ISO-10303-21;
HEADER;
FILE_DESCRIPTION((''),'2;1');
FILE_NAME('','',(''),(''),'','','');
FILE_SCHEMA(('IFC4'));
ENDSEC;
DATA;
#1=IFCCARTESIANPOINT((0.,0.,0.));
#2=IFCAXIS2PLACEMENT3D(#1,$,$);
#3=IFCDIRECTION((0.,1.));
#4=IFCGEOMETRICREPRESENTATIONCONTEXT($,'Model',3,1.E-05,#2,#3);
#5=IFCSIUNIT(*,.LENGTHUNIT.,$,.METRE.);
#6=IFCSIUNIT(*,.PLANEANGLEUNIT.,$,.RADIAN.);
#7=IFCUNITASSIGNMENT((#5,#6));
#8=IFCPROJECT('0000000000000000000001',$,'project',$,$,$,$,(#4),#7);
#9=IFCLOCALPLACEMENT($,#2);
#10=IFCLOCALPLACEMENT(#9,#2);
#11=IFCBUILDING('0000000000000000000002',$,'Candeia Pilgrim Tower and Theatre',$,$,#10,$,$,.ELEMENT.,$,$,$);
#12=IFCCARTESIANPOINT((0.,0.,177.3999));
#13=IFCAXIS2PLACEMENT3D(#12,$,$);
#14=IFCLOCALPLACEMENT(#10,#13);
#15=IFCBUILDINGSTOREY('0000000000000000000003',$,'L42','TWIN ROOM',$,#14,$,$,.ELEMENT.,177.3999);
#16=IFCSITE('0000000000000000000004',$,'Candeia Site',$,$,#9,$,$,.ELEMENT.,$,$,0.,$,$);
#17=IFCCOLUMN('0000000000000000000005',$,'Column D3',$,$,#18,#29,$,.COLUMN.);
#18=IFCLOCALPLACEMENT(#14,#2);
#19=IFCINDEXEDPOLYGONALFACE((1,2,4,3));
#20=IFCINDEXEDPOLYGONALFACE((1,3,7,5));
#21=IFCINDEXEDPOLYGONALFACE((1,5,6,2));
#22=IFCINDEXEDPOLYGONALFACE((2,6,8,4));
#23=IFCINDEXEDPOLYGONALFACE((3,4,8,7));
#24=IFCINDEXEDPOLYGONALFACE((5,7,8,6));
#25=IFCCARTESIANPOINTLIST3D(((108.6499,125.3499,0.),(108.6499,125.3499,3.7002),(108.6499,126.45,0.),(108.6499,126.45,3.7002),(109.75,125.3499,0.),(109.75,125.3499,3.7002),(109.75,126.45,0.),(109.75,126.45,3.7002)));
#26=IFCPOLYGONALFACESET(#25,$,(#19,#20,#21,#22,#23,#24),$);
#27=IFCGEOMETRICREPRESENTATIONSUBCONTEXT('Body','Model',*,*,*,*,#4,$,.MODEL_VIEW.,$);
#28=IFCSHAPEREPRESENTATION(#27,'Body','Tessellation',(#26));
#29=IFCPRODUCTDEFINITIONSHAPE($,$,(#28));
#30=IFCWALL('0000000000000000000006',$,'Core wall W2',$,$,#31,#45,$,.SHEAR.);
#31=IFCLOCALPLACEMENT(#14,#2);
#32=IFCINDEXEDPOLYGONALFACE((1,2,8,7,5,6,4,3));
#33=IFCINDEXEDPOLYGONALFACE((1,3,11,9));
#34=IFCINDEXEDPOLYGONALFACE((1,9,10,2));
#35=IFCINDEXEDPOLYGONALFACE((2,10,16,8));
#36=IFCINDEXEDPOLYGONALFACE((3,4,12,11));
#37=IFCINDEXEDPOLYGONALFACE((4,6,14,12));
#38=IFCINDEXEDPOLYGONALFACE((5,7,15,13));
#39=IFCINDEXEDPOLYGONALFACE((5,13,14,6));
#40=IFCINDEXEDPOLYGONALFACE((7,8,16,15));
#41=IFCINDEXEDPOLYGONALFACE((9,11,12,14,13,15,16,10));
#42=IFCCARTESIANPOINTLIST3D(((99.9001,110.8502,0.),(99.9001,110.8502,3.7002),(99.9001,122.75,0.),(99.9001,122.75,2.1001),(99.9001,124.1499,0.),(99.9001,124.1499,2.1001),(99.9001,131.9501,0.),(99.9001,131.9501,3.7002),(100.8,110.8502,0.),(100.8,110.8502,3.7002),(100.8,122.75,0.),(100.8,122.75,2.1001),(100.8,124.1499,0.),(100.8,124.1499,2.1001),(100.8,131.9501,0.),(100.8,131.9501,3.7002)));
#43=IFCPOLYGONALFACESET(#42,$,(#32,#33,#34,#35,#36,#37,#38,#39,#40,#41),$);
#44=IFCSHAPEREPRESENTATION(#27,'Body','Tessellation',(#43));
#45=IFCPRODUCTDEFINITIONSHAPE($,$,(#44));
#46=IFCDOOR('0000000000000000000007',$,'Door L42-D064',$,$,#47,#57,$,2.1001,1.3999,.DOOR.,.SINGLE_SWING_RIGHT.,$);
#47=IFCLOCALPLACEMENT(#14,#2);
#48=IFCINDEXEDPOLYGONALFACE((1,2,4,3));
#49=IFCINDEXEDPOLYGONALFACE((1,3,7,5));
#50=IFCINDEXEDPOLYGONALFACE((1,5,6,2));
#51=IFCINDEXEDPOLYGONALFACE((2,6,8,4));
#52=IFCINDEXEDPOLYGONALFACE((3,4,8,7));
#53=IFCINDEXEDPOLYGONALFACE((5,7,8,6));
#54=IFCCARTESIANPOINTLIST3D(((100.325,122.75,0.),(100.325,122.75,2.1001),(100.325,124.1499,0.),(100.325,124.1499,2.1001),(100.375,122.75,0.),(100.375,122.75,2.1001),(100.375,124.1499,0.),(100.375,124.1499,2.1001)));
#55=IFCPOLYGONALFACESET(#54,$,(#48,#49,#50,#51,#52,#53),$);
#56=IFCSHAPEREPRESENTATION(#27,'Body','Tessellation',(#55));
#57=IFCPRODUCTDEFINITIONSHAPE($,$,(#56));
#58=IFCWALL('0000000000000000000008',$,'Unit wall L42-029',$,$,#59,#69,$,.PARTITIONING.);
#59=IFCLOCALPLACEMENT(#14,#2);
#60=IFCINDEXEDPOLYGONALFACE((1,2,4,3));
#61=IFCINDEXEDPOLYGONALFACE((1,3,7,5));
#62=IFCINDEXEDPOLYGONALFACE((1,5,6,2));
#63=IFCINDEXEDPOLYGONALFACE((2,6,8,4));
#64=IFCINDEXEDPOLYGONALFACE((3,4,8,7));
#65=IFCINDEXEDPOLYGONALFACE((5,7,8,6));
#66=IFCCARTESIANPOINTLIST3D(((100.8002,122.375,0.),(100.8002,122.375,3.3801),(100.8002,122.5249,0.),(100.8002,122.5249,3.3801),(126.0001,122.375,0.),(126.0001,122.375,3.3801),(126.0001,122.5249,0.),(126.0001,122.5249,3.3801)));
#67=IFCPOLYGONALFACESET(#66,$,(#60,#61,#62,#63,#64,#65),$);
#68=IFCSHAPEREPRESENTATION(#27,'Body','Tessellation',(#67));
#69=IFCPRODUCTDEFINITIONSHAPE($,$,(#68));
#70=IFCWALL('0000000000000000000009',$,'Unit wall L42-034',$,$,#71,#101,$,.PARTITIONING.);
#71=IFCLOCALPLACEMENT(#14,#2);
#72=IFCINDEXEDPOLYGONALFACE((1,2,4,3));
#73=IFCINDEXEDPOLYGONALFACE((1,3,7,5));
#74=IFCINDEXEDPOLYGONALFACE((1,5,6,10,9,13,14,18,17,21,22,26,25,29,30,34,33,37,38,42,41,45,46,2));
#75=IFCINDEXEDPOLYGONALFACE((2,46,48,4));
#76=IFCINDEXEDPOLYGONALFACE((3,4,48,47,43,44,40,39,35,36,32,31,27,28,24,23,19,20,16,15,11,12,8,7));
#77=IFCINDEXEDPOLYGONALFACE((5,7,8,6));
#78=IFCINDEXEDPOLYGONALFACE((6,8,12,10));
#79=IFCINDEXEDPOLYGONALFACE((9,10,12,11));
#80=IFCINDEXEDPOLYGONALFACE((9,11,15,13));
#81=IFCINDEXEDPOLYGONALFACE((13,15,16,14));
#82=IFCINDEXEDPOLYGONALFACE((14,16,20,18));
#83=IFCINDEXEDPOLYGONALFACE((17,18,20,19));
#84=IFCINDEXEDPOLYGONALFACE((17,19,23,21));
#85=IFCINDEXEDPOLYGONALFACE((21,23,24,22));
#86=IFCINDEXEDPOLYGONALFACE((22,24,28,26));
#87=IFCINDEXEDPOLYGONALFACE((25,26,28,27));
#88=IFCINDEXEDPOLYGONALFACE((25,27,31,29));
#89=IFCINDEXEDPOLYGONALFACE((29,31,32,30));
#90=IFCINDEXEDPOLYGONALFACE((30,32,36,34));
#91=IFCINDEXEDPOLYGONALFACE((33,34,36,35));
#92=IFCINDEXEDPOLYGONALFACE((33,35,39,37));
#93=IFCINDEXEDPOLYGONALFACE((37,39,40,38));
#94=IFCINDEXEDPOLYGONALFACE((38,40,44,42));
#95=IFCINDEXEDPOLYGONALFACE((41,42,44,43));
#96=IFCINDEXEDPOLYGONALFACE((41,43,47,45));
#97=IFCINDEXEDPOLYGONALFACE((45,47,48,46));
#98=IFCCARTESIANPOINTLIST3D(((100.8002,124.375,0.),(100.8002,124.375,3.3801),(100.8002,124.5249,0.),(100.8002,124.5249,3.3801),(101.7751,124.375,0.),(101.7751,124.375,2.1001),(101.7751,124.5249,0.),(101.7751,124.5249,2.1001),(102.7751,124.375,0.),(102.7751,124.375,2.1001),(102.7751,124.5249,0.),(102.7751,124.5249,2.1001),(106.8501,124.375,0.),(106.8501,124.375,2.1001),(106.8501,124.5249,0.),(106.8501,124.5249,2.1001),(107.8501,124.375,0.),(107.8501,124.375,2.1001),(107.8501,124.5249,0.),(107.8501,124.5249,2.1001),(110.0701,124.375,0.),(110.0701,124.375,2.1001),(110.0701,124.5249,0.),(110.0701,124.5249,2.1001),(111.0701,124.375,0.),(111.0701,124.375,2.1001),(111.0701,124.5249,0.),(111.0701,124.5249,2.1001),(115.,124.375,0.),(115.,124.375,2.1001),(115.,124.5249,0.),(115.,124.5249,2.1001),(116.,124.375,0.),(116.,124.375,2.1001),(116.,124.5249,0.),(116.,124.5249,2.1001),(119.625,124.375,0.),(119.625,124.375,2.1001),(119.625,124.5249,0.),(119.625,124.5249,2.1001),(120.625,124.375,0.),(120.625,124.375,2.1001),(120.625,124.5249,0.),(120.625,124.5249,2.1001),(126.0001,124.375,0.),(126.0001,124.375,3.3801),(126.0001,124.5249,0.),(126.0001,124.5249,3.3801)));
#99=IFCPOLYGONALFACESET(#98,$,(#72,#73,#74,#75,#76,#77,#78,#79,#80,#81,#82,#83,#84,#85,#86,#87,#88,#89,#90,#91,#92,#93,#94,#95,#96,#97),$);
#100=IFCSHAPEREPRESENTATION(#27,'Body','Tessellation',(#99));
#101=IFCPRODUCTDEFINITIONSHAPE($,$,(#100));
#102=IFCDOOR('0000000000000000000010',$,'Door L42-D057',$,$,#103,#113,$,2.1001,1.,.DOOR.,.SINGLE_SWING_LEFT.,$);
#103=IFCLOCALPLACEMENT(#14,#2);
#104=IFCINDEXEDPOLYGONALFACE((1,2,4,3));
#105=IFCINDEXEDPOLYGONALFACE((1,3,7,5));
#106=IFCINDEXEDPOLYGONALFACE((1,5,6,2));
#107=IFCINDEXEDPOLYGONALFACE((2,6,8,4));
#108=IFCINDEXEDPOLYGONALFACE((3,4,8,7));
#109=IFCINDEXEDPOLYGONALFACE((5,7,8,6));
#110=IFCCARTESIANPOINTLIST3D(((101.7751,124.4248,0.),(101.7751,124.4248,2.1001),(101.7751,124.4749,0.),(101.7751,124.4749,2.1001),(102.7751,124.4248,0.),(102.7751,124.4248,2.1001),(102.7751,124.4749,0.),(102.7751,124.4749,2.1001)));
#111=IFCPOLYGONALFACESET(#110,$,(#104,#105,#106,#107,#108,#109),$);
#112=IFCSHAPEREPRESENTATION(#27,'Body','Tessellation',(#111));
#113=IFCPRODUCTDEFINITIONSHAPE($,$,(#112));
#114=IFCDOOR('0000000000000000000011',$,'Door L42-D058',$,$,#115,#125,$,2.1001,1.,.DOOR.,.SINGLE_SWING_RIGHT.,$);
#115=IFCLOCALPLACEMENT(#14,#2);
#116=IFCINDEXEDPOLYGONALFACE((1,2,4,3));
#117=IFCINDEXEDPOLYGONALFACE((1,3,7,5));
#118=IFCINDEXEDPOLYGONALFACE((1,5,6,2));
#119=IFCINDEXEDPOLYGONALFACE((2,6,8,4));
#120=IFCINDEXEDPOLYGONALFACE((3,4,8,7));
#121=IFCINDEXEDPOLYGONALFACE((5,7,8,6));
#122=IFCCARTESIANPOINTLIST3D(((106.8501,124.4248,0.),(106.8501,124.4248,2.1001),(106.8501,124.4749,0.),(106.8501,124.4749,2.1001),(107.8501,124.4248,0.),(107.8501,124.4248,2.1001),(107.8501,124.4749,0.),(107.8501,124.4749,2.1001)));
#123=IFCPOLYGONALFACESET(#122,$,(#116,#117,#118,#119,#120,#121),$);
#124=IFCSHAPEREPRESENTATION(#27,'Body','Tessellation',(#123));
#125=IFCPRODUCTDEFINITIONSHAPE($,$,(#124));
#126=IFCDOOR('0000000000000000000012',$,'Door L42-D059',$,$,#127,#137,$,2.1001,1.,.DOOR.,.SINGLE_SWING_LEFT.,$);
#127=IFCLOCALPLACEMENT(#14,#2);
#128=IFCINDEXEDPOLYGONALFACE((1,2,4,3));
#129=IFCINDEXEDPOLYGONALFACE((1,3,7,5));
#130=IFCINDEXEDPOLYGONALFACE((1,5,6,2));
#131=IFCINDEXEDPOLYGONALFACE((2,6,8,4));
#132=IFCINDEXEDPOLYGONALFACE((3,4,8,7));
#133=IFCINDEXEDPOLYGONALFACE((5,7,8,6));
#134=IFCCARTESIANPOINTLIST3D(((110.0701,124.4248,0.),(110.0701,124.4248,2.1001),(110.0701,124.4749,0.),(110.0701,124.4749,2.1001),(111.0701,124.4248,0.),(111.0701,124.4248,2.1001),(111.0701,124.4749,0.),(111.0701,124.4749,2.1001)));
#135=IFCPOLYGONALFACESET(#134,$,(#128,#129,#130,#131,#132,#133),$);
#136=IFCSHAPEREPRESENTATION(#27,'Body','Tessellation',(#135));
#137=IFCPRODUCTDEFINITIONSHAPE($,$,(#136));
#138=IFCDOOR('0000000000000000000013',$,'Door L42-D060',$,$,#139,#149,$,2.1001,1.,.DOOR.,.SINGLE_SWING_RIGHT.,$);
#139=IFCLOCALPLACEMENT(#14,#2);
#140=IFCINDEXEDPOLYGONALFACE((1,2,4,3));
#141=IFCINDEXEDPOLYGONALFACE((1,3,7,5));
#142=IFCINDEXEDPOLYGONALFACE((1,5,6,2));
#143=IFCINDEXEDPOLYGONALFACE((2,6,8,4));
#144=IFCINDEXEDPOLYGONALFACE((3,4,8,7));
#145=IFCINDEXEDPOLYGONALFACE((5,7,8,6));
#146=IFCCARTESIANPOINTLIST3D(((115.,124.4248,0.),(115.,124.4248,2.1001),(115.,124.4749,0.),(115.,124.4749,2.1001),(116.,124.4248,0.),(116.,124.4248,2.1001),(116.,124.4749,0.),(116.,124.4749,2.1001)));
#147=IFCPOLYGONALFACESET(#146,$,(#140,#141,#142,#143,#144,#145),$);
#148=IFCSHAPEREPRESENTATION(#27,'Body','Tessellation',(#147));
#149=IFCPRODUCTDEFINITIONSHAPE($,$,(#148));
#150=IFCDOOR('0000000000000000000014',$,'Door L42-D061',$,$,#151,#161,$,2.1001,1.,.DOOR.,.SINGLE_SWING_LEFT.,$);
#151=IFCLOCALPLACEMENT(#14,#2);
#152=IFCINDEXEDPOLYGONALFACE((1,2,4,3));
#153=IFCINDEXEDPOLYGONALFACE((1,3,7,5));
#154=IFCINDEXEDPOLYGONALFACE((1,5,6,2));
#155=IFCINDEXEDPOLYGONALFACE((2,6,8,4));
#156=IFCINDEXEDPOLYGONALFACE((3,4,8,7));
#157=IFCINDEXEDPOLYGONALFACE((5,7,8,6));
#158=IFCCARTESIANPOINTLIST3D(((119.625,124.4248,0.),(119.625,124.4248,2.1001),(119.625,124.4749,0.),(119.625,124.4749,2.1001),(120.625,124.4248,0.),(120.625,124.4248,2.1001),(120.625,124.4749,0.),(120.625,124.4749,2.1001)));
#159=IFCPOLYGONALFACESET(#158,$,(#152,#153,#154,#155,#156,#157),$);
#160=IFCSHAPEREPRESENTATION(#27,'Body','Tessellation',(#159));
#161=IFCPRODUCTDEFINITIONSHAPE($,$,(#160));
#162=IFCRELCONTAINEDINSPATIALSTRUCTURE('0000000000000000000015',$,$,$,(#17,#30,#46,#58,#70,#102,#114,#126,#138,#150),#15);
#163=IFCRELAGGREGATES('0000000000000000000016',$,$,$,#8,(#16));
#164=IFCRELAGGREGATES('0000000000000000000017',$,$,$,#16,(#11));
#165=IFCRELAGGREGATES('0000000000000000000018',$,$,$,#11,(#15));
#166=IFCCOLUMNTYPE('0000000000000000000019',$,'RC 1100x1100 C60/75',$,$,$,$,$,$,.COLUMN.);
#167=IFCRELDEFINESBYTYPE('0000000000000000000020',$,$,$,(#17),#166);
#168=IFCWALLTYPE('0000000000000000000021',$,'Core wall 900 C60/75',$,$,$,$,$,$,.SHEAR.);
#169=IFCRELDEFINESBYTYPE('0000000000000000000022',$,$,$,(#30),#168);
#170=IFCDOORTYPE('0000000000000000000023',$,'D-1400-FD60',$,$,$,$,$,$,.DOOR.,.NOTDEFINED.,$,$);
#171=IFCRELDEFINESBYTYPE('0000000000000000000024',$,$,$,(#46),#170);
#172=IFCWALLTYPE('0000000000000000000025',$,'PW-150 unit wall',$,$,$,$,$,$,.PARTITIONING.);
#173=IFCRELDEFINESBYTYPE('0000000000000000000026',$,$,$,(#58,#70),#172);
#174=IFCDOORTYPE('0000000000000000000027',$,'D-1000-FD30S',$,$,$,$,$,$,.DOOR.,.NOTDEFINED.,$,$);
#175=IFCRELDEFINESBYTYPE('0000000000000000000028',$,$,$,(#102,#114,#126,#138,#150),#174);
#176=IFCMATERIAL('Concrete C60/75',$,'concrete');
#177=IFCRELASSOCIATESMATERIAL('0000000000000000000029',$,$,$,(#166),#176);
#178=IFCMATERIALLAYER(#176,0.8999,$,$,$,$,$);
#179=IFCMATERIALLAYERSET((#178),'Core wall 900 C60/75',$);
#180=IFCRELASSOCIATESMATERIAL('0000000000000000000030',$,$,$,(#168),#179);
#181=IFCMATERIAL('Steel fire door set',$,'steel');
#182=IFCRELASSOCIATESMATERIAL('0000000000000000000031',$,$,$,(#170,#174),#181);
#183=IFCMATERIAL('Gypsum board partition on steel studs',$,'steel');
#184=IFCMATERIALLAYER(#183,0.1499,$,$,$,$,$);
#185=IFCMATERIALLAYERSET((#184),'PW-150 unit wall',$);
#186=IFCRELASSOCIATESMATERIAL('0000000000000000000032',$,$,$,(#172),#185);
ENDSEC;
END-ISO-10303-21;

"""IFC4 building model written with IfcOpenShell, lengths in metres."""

from ifc_helpers import new_model, si_unit, direction, frame, frame_2d, origin, origin_2d, place, context, subcontext, project, spatial, rectangle, extrude, material, layer, layer_set, material_profile, profile_set, type_object, element, fill, save


model = new_model("IFC4")

# Units and contexts
model_context = context("Model", 3, precision=1e-05, world=origin(), true_north=direction((0.0, 1.0)))
body_context = subcontext(model_context, "Body", "Model", "MODEL_VIEW")
ifc_project = project(units=[si_unit("LENGTHUNIT", "METRE"), si_unit("PLANEANGLEUNIT", "RADIAN")], contexts=[model_context])

# Site, building, storey
site_placement = place(None, origin())
site = spatial("IfcSite", under=ifc_project, at=site_placement, Name="Candeia Site", CompositionType="ELEMENT", RefElevation=0.0)
building_placement = place(site_placement, origin())
building = spatial("IfcBuilding", under=site, at=building_placement, Name="Candeia Pilgrim Tower and Theatre", CompositionType="ELEMENT")
storey_placement = place(building_placement, frame((0.0, 0.0, 177.3999)))
storey = spatial("IfcBuildingStorey", under=building, at=storey_placement, Name="L42", Description="TWIN ROOM", CompositionType="ELEMENT", Elevation=177.3999)

# Column
ifc_material_1 = material(Name="Concrete C60/75", Category="concrete")
ifc_material_profile = material_profile(ifc_material_1, rectangle(XDim=1.1001, YDim=1.1001, at=origin_2d()))
ifc_profile_set = profile_set([ifc_material_profile], Name="Concrete C60/75")
column_type = type_object("IfcColumnType", Name="RC 1100x1100 C60/75", PredefinedType="COLUMN", material=ifc_profile_set)
column_placement = place(storey_placement, frame((109.2, 125.8999, 0.0), z_axis=(0.0, 0.0, 1.0), x_axis=(1.0, 0.0, 0.0)))
element("IfcColumn", 1, at=column_placement, inside=storey, type_object=column_type, Name="Column D3", PredefinedType="COLUMN", context=body_context, shape_type="SweptSolid", body=[
    extrude(rectangle(XDim=1.1001, YDim=1.1001, at=origin_2d()), origin(), (0.0, 0.0, 1.0), 3.7002),
])

# Wall, opening, door
ifc_layer_1 = layer(ifc_material_1, 0.8999)
ifc_layer_set_1 = layer_set([ifc_layer_1], Name="Core wall 900 C60/75")
wall_type_1 = type_object("IfcWallType", Name="Core wall 900 C60/75", PredefinedType="SHEAR", material=ifc_layer_set_1)
wall_1_placement = place(storey_placement, frame((100.3501, 131.95, 0.0), z_axis=(0.0, 0.0, 1.0), x_axis=(0.0, -1.0, 0.0)))
wall_1 = element("IfcWall", 2, at=wall_1_placement, inside=storey, type_object=wall_type_1, Name="Core wall W2", PredefinedType="SHEAR", context=body_context, shape_type="SweptSolid", body=[
    extrude(rectangle(XDim=21.0999, YDim=0.8999, at=frame_2d((10.5498, 0.0))), origin(), (0.0, 0.0, 1.0), 3.7002),
])
opening_1_placement = place(wall_1_placement, frame((7.8, 0.0, 0.0)))
opening_1 = element("IfcOpeningElement", 3, at=opening_1_placement, cuts=wall_1, PredefinedType="OPENING", context=body_context, shape_type="SweptSolid", body=[
    extrude(rectangle(XDim=1.3999, YDim=2.1001, at=frame_2d((0.7, 1.05))), frame((0.0, 0.46, 0.0), z_axis=(0.0, -1.0, 0.0), x_axis=(1.0, 0.0, 0.0)), (0.0, 0.0, 1.0), 0.9199),
])
ifc_material_2 = material(Name="Steel fire door set", Category="steel")
door_type_1 = type_object("IfcDoorType", Name="D-1400-FD60", OperationType="NOTDEFINED", PredefinedType="DOOR", material=ifc_material_2)
door_1_placement = place(opening_1_placement, origin())
door_1 = element("IfcDoor", 4, at=door_1_placement, inside=storey, type_object=door_type_1, Name="Door L42-D064", OperationType="SINGLE_SWING_RIGHT", OverallHeight=2.1001, OverallWidth=1.3999, PredefinedType="DOOR", context=body_context, shape_type="SweptSolid", body=[
    extrude(rectangle(XDim=1.3999, YDim=2.1001, at=frame_2d((0.7, 1.05))), frame((0.0, 0.0249, 0.0), z_axis=(0.0, -1.0, 0.0), x_axis=(1.0, 0.0, 0.0)), (0.0, 0.0, 1.0), 0.05),
])
fill(opening_1, door_1)

# Wall
ifc_material_3 = material(Name="Gypsum board partition on steel studs", Category="steel")
ifc_layer_2 = layer(ifc_material_3, 0.1499)
ifc_layer_set_2 = layer_set([ifc_layer_2], Name="PW-150 unit wall")
wall_type_2 = type_object("IfcWallType", Name="PW-150 unit wall", PredefinedType="PARTITIONING", material=ifc_layer_set_2)
wall_2_placement = place(storey_placement, frame((100.8, 122.45, 0.0), z_axis=(0.0, 0.0, 1.0), x_axis=(1.0, 0.0, 0.0)))
element("IfcWall", 5, at=wall_2_placement, inside=storey, type_object=wall_type_2, Name="Unit wall L42-029", PredefinedType="PARTITIONING", context=body_context, shape_type="SweptSolid", body=[
    extrude(rectangle(XDim=25.2, YDim=0.1499, at=frame_2d((12.6001, 0.0))), origin(), (0.0, 0.0, 1.0), 3.3801),
])

# Wall, openings, doors
wall_3_placement = place(storey_placement, frame((100.8, 124.45, 0.0), z_axis=(0.0, 0.0, 1.0), x_axis=(1.0, 0.0, 0.0)))
wall_3 = element("IfcWall", 6, at=wall_3_placement, inside=storey, type_object=wall_type_2, Name="Unit wall L42-034", PredefinedType="PARTITIONING", context=body_context, shape_type="SweptSolid", body=[
    extrude(rectangle(XDim=25.2, YDim=0.1499, at=frame_2d((12.6001, 0.0))), origin(), (0.0, 0.0, 1.0), 3.3801),
])
opening_2_placement = place(wall_3_placement, frame((0.9751, 0.0, 0.0)))
opening_2 = element("IfcOpeningElement", 7, at=opening_2_placement, cuts=wall_3, PredefinedType="OPENING", context=body_context, shape_type="SweptSolid", body=[
    extrude(rectangle(XDim=1.0, YDim=2.1001, at=frame_2d((0.5, 1.05))), frame((0.0, 0.085, 0.0), z_axis=(0.0, -1.0, 0.0), x_axis=(1.0, 0.0, 0.0)), (0.0, 0.0, 1.0), 0.1699),
])
opening_3_placement = place(wall_3_placement, frame((6.05, 0.0, 0.0)))
opening_3 = element("IfcOpeningElement", 8, at=opening_3_placement, cuts=wall_3, PredefinedType="OPENING", context=body_context, shape_type="SweptSolid", body=[
    extrude(rectangle(XDim=1.0, YDim=2.1001, at=frame_2d((0.5, 1.05))), frame((0.0, 0.085, 0.0), z_axis=(0.0, -1.0, 0.0), x_axis=(1.0, 0.0, 0.0)), (0.0, 0.0, 1.0), 0.1699),
])
opening_4_placement = place(wall_3_placement, frame((9.27, 0.0, 0.0)))
opening_4 = element("IfcOpeningElement", 9, at=opening_4_placement, cuts=wall_3, PredefinedType="OPENING", context=body_context, shape_type="SweptSolid", body=[
    extrude(rectangle(XDim=1.0, YDim=2.1001, at=frame_2d((0.5, 1.05))), frame((0.0, 0.085, 0.0), z_axis=(0.0, -1.0, 0.0), x_axis=(1.0, 0.0, 0.0)), (0.0, 0.0, 1.0), 0.1699),
])
opening_5_placement = place(wall_3_placement, frame((14.2, 0.0, 0.0)))
opening_5 = element("IfcOpeningElement", 10, at=opening_5_placement, cuts=wall_3, PredefinedType="OPENING", context=body_context, shape_type="SweptSolid", body=[
    extrude(rectangle(XDim=1.0, YDim=2.1001, at=frame_2d((0.5, 1.05))), frame((0.0, 0.085, 0.0), z_axis=(0.0, -1.0, 0.0), x_axis=(1.0, 0.0, 0.0)), (0.0, 0.0, 1.0), 0.1699),
])
opening_6_placement = place(wall_3_placement, frame((18.825, 0.0, 0.0)))
opening_6 = element("IfcOpeningElement", 11, at=opening_6_placement, cuts=wall_3, PredefinedType="OPENING", context=body_context, shape_type="SweptSolid", body=[
    extrude(rectangle(XDim=1.0, YDim=2.1001, at=frame_2d((0.5, 1.05))), frame((0.0, 0.085, 0.0), z_axis=(0.0, -1.0, 0.0), x_axis=(1.0, 0.0, 0.0)), (0.0, 0.0, 1.0), 0.1699),
])
door_type_2 = type_object("IfcDoorType", Name="D-1000-FD30S", OperationType="NOTDEFINED", PredefinedType="DOOR", material=ifc_material_2)
door_2_placement = place(opening_2_placement, origin())
door_2 = element("IfcDoor", 12, at=door_2_placement, inside=storey, type_object=door_type_2, Name="Door L42-D057", OperationType="SINGLE_SWING_LEFT", OverallHeight=2.1001, OverallWidth=1.0, PredefinedType="DOOR", context=body_context, shape_type="SweptSolid", body=[
    extrude(rectangle(XDim=1.0, YDim=2.1001, at=frame_2d((0.5, 1.05))), frame((0.0, 0.0249, 0.0), z_axis=(0.0, -1.0, 0.0), x_axis=(1.0, 0.0, 0.0)), (0.0, 0.0, 1.0), 0.05),
])
fill(opening_2, door_2)
door_3_placement = place(opening_3_placement, origin())
door_3 = element("IfcDoor", 13, at=door_3_placement, inside=storey, type_object=door_type_2, Name="Door L42-D058", OperationType="SINGLE_SWING_RIGHT", OverallHeight=2.1001, OverallWidth=1.0, PredefinedType="DOOR", context=body_context, shape_type="SweptSolid", body=[
    extrude(rectangle(XDim=1.0, YDim=2.1001, at=frame_2d((0.5, 1.05))), frame((0.0, 0.0249, 0.0), z_axis=(0.0, -1.0, 0.0), x_axis=(1.0, 0.0, 0.0)), (0.0, 0.0, 1.0), 0.05),
])
fill(opening_3, door_3)
door_4_placement = place(opening_4_placement, origin())
door_4 = element("IfcDoor", 14, at=door_4_placement, inside=storey, type_object=door_type_2, Name="Door L42-D059", OperationType="SINGLE_SWING_LEFT", OverallHeight=2.1001, OverallWidth=1.0, PredefinedType="DOOR", context=body_context, shape_type="SweptSolid", body=[
    extrude(rectangle(XDim=1.0, YDim=2.1001, at=frame_2d((0.5, 1.05))), frame((0.0, 0.0249, 0.0), z_axis=(0.0, -1.0, 0.0), x_axis=(1.0, 0.0, 0.0)), (0.0, 0.0, 1.0), 0.05),
])
fill(opening_4, door_4)
door_5_placement = place(opening_5_placement, origin())
door_5 = element("IfcDoor", 15, at=door_5_placement, inside=storey, type_object=door_type_2, Name="Door L42-D060", OperationType="SINGLE_SWING_RIGHT", OverallHeight=2.1001, OverallWidth=1.0, PredefinedType="DOOR", context=body_context, shape_type="SweptSolid", body=[
    extrude(rectangle(XDim=1.0, YDim=2.1001, at=frame_2d((0.5, 1.05))), frame((0.0, 0.0249, 0.0), z_axis=(0.0, -1.0, 0.0), x_axis=(1.0, 0.0, 0.0)), (0.0, 0.0, 1.0), 0.05),
])
fill(opening_5, door_5)
door_6_placement = place(opening_6_placement, origin())
door_6 = element("IfcDoor", 16, at=door_6_placement, inside=storey, type_object=door_type_2, Name="Door L42-D061", OperationType="SINGLE_SWING_LEFT", OverallHeight=2.1001, OverallWidth=1.0, PredefinedType="DOOR", context=body_context, shape_type="SweptSolid", body=[
    extrude(rectangle(XDim=1.0, YDim=2.1001, at=frame_2d((0.5, 1.05))), frame((0.0, 0.0249, 0.0), z_axis=(0.0, -1.0, 0.0), x_axis=(1.0, 0.0, 0.0)), (0.0, 0.0, 1.0), 0.05),
])
fill(opening_6, door_6)

save(model, "model.ifc")
